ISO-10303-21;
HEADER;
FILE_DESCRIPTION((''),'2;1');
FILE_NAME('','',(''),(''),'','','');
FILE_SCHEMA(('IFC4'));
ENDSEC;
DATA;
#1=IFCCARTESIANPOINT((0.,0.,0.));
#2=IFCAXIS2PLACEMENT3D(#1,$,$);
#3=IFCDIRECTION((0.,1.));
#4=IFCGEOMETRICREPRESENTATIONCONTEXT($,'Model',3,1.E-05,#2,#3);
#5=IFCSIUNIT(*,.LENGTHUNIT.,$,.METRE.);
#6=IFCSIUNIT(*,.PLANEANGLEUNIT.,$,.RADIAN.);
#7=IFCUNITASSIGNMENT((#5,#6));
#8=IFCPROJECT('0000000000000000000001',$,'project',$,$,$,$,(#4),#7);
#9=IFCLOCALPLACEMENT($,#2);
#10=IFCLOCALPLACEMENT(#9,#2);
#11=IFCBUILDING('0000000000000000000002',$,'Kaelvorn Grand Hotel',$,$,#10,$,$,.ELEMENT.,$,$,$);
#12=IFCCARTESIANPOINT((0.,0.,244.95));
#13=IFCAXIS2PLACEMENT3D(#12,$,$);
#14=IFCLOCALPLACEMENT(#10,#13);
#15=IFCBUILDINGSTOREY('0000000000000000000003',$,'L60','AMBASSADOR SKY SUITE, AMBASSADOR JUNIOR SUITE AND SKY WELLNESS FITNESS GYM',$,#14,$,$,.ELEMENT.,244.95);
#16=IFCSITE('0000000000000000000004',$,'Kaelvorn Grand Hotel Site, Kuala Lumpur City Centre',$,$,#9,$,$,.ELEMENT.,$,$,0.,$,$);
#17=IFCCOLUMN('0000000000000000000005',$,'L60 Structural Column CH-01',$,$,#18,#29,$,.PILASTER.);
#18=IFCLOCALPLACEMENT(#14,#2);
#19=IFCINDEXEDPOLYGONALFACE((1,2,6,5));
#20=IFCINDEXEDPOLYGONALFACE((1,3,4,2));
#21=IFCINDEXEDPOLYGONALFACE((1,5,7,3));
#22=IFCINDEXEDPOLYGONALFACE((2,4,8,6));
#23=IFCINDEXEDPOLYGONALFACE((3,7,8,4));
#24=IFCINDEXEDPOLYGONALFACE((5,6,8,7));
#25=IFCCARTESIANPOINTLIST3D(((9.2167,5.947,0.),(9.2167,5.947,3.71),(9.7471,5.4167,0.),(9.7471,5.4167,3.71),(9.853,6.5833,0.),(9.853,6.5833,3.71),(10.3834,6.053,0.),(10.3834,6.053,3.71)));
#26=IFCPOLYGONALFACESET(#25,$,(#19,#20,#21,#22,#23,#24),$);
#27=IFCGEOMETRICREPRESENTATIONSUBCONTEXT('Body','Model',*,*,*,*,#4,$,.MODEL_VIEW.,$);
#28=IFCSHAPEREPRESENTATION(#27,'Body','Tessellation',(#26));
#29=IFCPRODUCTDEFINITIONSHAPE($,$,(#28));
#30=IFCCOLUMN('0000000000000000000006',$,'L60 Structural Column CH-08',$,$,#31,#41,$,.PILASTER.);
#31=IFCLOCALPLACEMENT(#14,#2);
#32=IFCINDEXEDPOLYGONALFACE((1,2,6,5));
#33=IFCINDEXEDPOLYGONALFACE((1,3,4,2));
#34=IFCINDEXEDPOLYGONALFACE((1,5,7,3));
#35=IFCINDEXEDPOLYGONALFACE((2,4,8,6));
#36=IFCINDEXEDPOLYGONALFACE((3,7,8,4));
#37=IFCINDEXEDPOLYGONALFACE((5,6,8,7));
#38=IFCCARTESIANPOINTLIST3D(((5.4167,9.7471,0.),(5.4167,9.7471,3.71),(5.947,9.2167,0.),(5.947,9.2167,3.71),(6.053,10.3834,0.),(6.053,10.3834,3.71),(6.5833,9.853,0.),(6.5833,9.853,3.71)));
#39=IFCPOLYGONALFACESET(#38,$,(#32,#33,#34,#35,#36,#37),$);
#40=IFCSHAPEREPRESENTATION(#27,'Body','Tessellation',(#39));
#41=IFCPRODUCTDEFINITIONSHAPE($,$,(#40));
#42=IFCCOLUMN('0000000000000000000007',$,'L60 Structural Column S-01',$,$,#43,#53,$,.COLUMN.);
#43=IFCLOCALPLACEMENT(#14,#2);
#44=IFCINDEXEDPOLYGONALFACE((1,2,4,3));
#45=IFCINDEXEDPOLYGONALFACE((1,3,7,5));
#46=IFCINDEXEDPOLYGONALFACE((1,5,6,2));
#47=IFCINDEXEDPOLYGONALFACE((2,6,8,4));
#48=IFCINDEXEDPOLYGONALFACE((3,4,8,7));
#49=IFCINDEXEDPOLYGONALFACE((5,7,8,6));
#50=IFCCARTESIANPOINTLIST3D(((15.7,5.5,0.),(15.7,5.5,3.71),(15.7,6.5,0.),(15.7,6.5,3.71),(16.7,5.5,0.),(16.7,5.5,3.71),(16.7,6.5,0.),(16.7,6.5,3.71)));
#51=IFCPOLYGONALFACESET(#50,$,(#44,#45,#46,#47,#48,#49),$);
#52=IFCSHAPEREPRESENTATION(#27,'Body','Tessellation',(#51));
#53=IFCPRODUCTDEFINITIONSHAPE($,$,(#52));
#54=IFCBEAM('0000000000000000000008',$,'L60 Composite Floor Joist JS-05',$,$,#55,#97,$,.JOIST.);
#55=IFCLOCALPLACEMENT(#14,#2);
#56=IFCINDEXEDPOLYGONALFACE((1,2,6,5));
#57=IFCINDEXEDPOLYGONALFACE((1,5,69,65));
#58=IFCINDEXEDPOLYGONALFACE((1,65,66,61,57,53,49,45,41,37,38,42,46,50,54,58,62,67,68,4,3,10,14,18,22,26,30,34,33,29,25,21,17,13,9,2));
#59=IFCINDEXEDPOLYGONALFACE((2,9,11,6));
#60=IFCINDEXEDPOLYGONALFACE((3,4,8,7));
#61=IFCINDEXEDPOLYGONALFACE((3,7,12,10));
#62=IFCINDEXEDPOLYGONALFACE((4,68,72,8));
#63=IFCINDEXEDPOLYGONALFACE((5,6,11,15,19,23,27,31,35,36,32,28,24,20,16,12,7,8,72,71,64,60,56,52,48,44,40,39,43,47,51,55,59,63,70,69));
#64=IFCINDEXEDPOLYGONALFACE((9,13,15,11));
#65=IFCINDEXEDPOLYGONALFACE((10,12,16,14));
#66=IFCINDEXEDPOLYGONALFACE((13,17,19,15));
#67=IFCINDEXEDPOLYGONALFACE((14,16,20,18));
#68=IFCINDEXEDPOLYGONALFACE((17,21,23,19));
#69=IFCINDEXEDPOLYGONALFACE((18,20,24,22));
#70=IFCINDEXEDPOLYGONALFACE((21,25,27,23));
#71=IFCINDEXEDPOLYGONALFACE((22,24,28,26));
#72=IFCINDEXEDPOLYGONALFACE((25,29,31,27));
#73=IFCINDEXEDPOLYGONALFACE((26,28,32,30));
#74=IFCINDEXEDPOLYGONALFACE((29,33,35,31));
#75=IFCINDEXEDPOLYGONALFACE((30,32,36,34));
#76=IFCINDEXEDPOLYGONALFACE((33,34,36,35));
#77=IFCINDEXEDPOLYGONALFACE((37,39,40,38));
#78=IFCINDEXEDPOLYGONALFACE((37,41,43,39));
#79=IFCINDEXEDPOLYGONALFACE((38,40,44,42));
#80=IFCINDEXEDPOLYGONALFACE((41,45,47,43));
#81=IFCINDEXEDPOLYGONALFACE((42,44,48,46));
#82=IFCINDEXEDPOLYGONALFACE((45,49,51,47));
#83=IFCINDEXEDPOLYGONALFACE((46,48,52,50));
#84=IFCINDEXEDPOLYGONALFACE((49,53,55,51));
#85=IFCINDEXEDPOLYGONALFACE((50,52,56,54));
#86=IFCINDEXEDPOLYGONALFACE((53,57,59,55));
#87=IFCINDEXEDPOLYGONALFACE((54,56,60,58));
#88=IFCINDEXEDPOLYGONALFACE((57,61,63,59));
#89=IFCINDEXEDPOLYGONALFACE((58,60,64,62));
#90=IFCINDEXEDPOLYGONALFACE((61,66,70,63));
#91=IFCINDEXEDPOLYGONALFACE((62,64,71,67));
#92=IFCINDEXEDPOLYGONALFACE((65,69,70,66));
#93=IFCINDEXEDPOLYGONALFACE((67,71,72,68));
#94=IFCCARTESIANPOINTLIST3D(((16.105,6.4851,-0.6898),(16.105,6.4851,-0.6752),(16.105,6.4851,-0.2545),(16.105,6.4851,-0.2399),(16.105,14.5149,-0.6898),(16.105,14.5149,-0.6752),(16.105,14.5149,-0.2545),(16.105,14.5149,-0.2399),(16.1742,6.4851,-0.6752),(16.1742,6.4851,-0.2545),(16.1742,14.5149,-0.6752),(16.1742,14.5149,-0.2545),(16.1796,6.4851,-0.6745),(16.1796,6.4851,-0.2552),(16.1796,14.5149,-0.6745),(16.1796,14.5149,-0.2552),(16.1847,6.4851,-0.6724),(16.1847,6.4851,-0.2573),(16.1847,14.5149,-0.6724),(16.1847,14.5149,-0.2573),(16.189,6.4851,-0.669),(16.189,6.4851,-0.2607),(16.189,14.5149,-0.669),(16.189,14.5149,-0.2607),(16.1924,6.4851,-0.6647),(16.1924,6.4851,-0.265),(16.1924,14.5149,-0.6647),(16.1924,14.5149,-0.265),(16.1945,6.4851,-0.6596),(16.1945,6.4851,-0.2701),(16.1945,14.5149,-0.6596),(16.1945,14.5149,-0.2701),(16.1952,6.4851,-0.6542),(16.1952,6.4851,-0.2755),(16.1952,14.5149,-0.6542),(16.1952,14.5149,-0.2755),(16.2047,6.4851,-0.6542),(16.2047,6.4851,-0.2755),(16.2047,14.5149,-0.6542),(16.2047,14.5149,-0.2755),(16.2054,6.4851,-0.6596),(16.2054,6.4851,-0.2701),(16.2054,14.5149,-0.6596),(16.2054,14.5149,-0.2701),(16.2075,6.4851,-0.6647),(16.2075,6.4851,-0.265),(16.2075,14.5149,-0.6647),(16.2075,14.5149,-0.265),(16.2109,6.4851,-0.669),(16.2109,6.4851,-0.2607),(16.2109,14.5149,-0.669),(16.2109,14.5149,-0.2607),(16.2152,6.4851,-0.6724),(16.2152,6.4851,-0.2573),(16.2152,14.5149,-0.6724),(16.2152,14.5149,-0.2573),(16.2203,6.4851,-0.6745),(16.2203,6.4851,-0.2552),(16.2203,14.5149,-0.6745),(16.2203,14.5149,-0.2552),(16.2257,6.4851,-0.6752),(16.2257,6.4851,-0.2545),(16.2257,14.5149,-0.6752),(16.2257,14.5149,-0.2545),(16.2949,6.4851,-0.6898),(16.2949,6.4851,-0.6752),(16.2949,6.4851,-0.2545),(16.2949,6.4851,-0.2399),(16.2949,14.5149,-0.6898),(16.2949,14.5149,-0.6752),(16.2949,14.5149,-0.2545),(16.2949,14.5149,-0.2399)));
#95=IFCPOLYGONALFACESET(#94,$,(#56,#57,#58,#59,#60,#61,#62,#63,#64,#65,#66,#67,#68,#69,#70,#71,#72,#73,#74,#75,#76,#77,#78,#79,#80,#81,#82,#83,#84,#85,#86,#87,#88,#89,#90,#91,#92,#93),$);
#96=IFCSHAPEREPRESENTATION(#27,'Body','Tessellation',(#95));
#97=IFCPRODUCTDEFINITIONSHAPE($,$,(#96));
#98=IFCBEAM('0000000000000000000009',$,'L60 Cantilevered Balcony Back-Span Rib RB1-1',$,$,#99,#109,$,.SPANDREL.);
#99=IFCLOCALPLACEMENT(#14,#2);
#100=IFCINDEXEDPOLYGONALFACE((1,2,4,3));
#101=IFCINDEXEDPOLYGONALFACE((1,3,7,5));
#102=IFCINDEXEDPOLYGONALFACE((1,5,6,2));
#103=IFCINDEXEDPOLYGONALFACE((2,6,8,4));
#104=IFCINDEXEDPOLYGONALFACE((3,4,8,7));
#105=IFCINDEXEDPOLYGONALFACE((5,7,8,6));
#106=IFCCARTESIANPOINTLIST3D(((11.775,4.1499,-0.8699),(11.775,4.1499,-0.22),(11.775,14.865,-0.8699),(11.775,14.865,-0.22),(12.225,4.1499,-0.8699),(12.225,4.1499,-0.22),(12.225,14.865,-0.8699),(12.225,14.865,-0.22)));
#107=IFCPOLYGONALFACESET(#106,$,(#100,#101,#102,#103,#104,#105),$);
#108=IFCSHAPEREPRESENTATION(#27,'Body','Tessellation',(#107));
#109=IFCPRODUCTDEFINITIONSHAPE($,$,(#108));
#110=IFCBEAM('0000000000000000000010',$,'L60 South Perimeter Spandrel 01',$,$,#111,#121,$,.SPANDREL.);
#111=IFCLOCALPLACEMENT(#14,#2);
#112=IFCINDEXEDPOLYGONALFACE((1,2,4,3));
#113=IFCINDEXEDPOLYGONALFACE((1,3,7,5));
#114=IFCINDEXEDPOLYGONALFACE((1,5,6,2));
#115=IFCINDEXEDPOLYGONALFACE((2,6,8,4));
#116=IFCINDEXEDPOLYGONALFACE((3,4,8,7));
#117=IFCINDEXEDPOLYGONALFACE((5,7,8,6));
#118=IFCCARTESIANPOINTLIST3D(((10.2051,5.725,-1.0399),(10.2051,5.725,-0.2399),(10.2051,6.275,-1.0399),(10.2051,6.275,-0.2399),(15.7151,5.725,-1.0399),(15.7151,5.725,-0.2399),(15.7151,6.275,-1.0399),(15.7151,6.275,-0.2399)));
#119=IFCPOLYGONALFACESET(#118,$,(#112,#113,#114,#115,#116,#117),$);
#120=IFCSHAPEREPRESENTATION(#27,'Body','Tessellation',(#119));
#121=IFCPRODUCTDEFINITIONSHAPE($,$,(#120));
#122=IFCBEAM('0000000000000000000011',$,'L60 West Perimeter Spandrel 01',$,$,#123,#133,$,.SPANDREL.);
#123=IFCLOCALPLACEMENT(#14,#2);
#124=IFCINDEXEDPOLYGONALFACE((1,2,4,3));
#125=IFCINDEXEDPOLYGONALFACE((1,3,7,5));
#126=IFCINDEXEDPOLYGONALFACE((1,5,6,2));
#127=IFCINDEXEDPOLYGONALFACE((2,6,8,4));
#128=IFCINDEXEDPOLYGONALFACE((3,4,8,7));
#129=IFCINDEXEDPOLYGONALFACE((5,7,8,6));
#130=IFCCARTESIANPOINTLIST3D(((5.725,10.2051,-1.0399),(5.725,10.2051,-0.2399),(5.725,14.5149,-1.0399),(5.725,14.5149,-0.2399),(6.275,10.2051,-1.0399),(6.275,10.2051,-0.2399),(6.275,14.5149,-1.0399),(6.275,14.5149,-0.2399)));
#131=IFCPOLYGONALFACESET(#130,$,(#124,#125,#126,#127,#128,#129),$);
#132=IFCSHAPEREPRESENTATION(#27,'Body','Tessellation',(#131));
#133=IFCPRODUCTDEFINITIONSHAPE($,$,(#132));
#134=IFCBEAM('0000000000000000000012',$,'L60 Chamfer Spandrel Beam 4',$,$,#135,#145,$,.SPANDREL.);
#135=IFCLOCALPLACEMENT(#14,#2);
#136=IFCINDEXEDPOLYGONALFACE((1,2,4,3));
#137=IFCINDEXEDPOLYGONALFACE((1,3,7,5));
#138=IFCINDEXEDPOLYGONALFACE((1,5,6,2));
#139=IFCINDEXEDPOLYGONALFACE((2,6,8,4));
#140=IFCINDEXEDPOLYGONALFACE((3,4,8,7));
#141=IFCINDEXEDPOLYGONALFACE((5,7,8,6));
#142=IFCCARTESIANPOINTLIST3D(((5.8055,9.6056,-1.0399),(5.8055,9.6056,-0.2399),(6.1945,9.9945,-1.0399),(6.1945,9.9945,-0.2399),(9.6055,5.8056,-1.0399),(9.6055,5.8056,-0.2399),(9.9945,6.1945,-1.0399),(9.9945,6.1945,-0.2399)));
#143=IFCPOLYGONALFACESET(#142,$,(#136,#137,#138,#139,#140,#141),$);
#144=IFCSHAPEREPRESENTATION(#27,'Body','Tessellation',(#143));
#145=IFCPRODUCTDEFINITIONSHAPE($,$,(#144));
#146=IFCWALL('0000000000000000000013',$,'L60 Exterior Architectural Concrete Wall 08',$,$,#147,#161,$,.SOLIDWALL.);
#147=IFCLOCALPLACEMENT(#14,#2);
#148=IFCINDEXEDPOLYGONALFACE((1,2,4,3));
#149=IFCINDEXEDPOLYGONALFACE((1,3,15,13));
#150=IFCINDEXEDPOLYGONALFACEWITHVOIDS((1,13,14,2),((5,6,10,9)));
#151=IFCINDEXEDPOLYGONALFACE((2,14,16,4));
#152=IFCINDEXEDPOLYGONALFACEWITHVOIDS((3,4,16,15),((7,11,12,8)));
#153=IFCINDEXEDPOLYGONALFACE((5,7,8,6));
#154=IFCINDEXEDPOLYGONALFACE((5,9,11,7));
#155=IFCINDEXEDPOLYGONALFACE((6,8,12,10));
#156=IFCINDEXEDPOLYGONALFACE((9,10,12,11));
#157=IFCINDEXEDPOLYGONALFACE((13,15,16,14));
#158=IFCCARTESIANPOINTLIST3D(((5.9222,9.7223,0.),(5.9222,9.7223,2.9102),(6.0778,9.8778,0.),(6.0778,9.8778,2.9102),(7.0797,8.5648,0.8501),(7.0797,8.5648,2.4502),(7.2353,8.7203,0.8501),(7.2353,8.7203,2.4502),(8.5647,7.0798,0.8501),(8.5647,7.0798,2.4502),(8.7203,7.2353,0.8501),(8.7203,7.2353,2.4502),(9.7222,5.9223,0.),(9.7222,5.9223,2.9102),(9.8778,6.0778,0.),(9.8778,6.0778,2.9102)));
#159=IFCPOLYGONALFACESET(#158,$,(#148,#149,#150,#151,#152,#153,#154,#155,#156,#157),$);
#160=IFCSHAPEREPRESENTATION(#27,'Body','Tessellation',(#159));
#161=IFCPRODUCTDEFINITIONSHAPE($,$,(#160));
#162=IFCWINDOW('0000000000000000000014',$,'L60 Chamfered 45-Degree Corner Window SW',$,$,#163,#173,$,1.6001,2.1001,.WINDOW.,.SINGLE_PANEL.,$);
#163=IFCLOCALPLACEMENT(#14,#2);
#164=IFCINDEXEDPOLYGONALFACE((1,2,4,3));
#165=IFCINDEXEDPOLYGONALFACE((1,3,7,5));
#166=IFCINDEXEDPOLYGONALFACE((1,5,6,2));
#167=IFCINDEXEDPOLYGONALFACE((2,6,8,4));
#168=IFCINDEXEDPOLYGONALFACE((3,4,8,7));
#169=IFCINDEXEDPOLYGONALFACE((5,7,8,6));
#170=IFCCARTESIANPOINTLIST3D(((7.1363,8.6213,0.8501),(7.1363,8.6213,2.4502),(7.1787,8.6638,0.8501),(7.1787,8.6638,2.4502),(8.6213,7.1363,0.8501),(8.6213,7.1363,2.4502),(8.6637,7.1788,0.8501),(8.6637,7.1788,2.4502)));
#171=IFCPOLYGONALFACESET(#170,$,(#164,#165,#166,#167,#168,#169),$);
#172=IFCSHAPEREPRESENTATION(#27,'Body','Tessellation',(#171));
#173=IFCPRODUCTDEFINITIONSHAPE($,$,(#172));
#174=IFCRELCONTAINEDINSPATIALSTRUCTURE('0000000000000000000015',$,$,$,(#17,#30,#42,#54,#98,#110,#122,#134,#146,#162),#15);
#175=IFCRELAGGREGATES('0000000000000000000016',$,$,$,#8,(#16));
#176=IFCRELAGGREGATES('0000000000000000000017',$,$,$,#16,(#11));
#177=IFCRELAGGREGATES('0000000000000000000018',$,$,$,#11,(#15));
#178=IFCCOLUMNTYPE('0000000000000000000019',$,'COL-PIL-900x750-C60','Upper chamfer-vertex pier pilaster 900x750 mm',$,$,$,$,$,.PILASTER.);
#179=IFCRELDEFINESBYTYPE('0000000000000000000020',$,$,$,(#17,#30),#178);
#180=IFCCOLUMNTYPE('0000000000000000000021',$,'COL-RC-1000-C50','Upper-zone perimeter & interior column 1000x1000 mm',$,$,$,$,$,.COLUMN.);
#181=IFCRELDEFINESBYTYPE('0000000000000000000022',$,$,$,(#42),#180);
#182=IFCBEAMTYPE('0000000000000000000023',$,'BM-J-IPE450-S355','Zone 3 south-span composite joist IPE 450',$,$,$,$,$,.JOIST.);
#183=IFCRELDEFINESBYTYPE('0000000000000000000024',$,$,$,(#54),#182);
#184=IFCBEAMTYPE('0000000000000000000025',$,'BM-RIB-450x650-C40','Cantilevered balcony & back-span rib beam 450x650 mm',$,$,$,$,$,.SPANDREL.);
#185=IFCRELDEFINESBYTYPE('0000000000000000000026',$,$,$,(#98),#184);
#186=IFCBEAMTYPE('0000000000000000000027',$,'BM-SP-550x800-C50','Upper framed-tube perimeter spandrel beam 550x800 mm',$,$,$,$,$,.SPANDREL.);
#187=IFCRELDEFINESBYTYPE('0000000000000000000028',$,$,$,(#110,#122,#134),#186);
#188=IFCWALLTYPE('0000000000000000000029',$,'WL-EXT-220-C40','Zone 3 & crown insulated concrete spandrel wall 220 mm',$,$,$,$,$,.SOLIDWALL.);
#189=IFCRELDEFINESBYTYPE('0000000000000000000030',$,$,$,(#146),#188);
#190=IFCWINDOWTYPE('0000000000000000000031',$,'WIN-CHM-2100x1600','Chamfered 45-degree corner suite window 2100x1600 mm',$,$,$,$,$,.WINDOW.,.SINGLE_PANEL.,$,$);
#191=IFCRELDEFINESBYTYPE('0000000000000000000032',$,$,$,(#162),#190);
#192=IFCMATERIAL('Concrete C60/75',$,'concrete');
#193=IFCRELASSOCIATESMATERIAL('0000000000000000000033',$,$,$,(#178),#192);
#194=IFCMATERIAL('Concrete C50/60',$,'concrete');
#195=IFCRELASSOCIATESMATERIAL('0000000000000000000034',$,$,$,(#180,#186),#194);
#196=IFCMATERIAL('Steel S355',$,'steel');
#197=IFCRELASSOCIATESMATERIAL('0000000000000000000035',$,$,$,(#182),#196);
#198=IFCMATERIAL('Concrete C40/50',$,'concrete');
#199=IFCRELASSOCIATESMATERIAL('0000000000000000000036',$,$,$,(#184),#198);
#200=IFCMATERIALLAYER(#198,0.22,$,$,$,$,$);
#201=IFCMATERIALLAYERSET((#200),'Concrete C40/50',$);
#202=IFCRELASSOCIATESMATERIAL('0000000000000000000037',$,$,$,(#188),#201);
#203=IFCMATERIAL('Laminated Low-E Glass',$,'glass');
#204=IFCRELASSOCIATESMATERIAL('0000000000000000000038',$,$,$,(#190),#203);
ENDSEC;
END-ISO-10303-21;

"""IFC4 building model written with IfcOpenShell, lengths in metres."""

from ifc_helpers import new_model, si_unit, direction, frame, frame_2d, origin, origin_2d, place, context, subcontext, project, spatial, rectangle, i_section, extrude, material, layer, layer_set, material_profile, profile_set, type_object, element, fill, save


model = new_model("IFC4")

# Units and contexts
model_context = context("Model", 3, precision=1e-05, world=origin(), true_north=direction((0.0, 1.0)))
body_context = subcontext(model_context, "Body", "Model", "MODEL_VIEW")
ifc_project = project(units=[si_unit("LENGTHUNIT", "METRE"), si_unit("PLANEANGLEUNIT", "RADIAN")], contexts=[model_context])

# Site, building, storey
site_placement = place(None, origin())
site = spatial("IfcSite", under=ifc_project, at=site_placement, Name="Kaelvorn Grand Hotel Site, Kuala Lumpur City Centre", CompositionType="ELEMENT", RefElevation=0.0)
building_placement = place(site_placement, origin())
building = spatial("IfcBuilding", under=site, at=building_placement, Name="Kaelvorn Grand Hotel", CompositionType="ELEMENT")
storey_placement = place(building_placement, frame((0.0, 0.0, 244.95)))
storey = spatial("IfcBuildingStorey", under=building, at=storey_placement, Name="L60", Description="AMBASSADOR SKY SUITE, AMBASSADOR JUNIOR SUITE AND SKY WELLNESS FITNESS GYM", CompositionType="ELEMENT", Elevation=244.95)

# Columns
ifc_material_1 = material(Name="Concrete C60/75", Category="concrete")
ifc_material_profile_1 = material_profile(ifc_material_1, rectangle(XDim=0.8999, YDim=0.75, at=origin_2d()), Name="RC PILASTER 900x750")
ifc_profile_set_1 = profile_set([ifc_material_profile_1], Name="Concrete C60/75")
column_type_1 = type_object("IfcColumnType", Name="COL-PIL-900x750-C60", Description="Upper chamfer-vertex pier pilaster 900x750 mm", PredefinedType="PILASTER", material=ifc_profile_set_1)
for number, where, z_axis, x_axis, name in (
    (1, (9.8, 6.0, 0.0), (0.0, 0.0, 1.0), (0.707107, 0.707107, 0.0), "L60 Structural Column CH-01"),
    (2, (6.0, 9.8, 0.0), (0.0, 0.0, 1.0), (0.707107, 0.707107, 0.0), "L60 Structural Column CH-08"),
):
    element("IfcColumn", number, at=place(storey_placement, frame(where, z_axis=z_axis, x_axis=x_axis)), inside=storey, type_object=column_type_1, Name=name, PredefinedType="PILASTER", context=body_context, shape_type="SweptSolid", body=[
        extrude(rectangle(XDim=0.8999, YDim=0.75, at=origin_2d()), origin(), (0.0, 0.0, 1.0), 3.71),
    ])
ifc_material_2 = material(Name="Concrete C50/60", Category="concrete")
ifc_material_profile_2 = material_profile(ifc_material_2, rectangle(XDim=1.0, YDim=1.0, at=origin_2d()), Name="RC COL 1000x1000")
ifc_profile_set_2 = profile_set([ifc_material_profile_2], Name="Concrete C50/60")
column_type_2 = type_object("IfcColumnType", Name="COL-RC-1000-C50", Description="Upper-zone perimeter & interior column 1000x1000 mm", PredefinedType="COLUMN", material=ifc_profile_set_2)
column_placement = place(storey_placement, frame((16.2, 6.0, 0.0), z_axis=(0.0, 0.0, 1.0), x_axis=(1.0, 0.0, 0.0)))
element("IfcColumn", 3, at=column_placement, inside=storey, type_object=column_type_2, Name="L60 Structural Column S-01", PredefinedType="COLUMN", context=body_context, shape_type="SweptSolid", body=[
    extrude(rectangle(XDim=1.0, YDim=1.0, at=origin_2d()), origin(), (0.0, 0.0, 1.0), 3.71),
])

# Beams
ifc_material_3 = material(Name="Steel S355", Category="steel")
ifc_material_profile_3 = material_profile(ifc_material_3, i_section(OverallWidth=0.1899, OverallDepth=0.45, WebThickness=0.0095, FlangeThickness=0.0146, FilletRadius=0.021, at=origin_2d()), Name="IPE 450")
ifc_profile_set_3 = profile_set([ifc_material_profile_3], Name="Steel S355")
beam_type_1 = type_object("IfcBeamType", Name="BM-J-IPE450-S355", Description="Zone 3 south-span composite joist IPE 450", PredefinedType="JOIST", material=ifc_profile_set_3)
beam_1_placement = place(storey_placement, frame((16.2, 6.4851, -0.4648), z_axis=(0.0, 1.0, 0.0), x_axis=(-1.0, 0.0, 0.0)))
element("IfcBeam", 4, at=beam_1_placement, inside=storey, type_object=beam_type_1, Name="L60 Composite Floor Joist JS-05", PredefinedType="JOIST", context=body_context, shape_type="SweptSolid", body=[
    extrude(i_section(OverallWidth=0.1899, OverallDepth=0.45, WebThickness=0.0095, FlangeThickness=0.0146, FilletRadius=0.021, at=origin_2d()), origin(), (0.0, 0.0, 1.0), 8.0298),
])
ifc_material_4 = material(Name="Concrete C40/50", Category="concrete")
ifc_material_profile_4 = material_profile(ifc_material_4, rectangle(XDim=0.45, YDim=0.6499, at=origin_2d()), Name="RC RIB 450x650")
ifc_profile_set_4 = profile_set([ifc_material_profile_4], Name="Concrete C40/50")
beam_type_2 = type_object("IfcBeamType", Name="BM-RIB-450x650-C40", Description="Cantilevered balcony & back-span rib beam 450x650 mm", PredefinedType="SPANDREL", material=ifc_profile_set_4)
beam_2_placement = place(storey_placement, frame((12.0, 4.1499, -0.5449), z_axis=(0.0, 1.0, 0.0), x_axis=(-1.0, 0.0, 0.0)))
element("IfcBeam", 5, at=beam_2_placement, inside=storey, type_object=beam_type_2, Name="L60 Cantilevered Balcony Back-Span Rib RB1-1", PredefinedType="SPANDREL", context=body_context, shape_type="SweptSolid", body=[
    extrude(rectangle(XDim=0.45, YDim=0.6499, at=origin_2d()), origin(), (0.0, 0.0, 1.0), 10.7151),
])
ifc_material_profile_5 = material_profile(ifc_material_2, rectangle(XDim=0.55, YDim=0.8, at=origin_2d()), Name="RC SPANDREL 550x800")
ifc_profile_set_5 = profile_set([ifc_material_profile_5], Name="Concrete C50/60")
beam_type_3 = type_object("IfcBeamType", Name="BM-SP-550x800-C50", Description="Upper framed-tube perimeter spandrel beam 550x800 mm", PredefinedType="SPANDREL", material=ifc_profile_set_5)
beam_3_placement = place(storey_placement, frame((10.2051, 6.0, -0.6399), z_axis=(1.0, 0.0, 0.0), x_axis=(0.0, 1.0, 0.0)))
element("IfcBeam", 6, at=beam_3_placement, inside=storey, type_object=beam_type_3, Name="L60 South Perimeter Spandrel 01", PredefinedType="SPANDREL", context=body_context, shape_type="SweptSolid", body=[
    extrude(rectangle(XDim=0.55, YDim=0.8, at=origin_2d()), origin(), (0.0, 0.0, 1.0), 5.51),
])
beam_4_placement = place(storey_placement, frame((6.0, 10.2051, -0.6399), z_axis=(0.0, 1.0, 0.0), x_axis=(-1.0, 0.0, 0.0)))
element("IfcBeam", 7, at=beam_4_placement, inside=storey, type_object=beam_type_3, Name="L60 West Perimeter Spandrel 01", PredefinedType="SPANDREL", context=body_context, shape_type="SweptSolid", body=[
    extrude(rectangle(XDim=0.55, YDim=0.8, at=origin_2d()), origin(), (0.0, 0.0, 1.0), 4.3098),
])
beam_5_placement = place(storey_placement, frame((6.0, 9.8, -0.6399), z_axis=(0.707107, -0.707107, 0.0), x_axis=(0.707107, 0.707107, 0.0)))
element("IfcBeam", 8, at=beam_5_placement, inside=storey, type_object=beam_type_3, Name="L60 Chamfer Spandrel Beam 4", PredefinedType="SPANDREL", context=body_context, shape_type="SweptSolid", body=[
    extrude(rectangle(XDim=0.55, YDim=0.8, at=origin_2d()), origin(), (0.0, 0.0, 1.0), 5.374),
])

# Shared definitions
ifc_layer = layer(ifc_material_4, 0.22)
ifc_layer_set = layer_set([ifc_layer], Name="Concrete C40/50")
wall_type = type_object("IfcWallType", Name="WL-EXT-220-C40", Description="Zone 3 & crown insulated concrete spandrel wall 220 mm", PredefinedType="SOLIDWALL", material=ifc_layer_set)
ifc_material_5 = material(Name="Laminated Low-E Glass", Category="glass")

# Wall, opening, window
wall_1_placement = place(storey_placement, frame((6.0, 9.8, 0.0), z_axis=(0.0, 0.0, 1.0), x_axis=(0.707107, -0.707107, 0.0)))
wall_1 = element("IfcWall", 9, at=wall_1_placement, inside=storey, type_object=wall_type, Name="L60 Exterior Architectural Concrete Wall 08", PredefinedType="SOLIDWALL", context=body_context, shape_type="SweptSolid", body=[
    extrude(rectangle(XDim=5.374, YDim=0.22, at=frame_2d((2.687, 0.0))), origin(), (0.0, 0.0, 1.0), 2.9102),
])
opening_1_placement = place(wall_1_placement, frame((1.637, 0.0, 0.8501)))
opening_1 = element("IfcOpeningElement", 10, at=opening_1_placement, cuts=wall_1, PredefinedType="OPENING", context=body_context, shape_type="SweptSolid", body=[
    extrude(rectangle(XDim=2.1001, YDim=1.6001, at=frame_2d((1.05, 0.8))), frame((0.0, 0.1201, 0.0), z_axis=(0.0, -1.0, 0.0), x_axis=(1.0, 0.0, 0.0)), (0.0, 0.0, 1.0), 0.24),
])
window_type_1 = type_object("IfcWindowType", Name="WIN-CHM-2100x1600", Description="Chamfered 45-degree corner suite window 2100x1600 mm", PartitioningType="SINGLE_PANEL", PredefinedType="WINDOW", material=ifc_material_5)
window_1_placement = place(opening_1_placement, origin())
window_1 = element("IfcWindow", 11, at=window_1_placement, inside=storey, type_object=window_type_1, Name="L60 Chamfered 45-Degree Corner Window SW", OverallHeight=1.6001, OverallWidth=2.1001, PartitioningType="SINGLE_PANEL", PredefinedType="WINDOW", context=body_context, shape_type="SweptSolid", body=[
    extrude(rectangle(XDim=2.1001, YDim=1.6001, at=frame_2d((1.05, 0.8))), frame((0.0, 0.03, 0.0), z_axis=(0.0, -1.0, 0.0), x_axis=(1.0, 0.0, 0.0)), (0.0, 0.0, 1.0), 0.0601),
])
fill(opening_1, window_1)

save(model, "model.ifc")
